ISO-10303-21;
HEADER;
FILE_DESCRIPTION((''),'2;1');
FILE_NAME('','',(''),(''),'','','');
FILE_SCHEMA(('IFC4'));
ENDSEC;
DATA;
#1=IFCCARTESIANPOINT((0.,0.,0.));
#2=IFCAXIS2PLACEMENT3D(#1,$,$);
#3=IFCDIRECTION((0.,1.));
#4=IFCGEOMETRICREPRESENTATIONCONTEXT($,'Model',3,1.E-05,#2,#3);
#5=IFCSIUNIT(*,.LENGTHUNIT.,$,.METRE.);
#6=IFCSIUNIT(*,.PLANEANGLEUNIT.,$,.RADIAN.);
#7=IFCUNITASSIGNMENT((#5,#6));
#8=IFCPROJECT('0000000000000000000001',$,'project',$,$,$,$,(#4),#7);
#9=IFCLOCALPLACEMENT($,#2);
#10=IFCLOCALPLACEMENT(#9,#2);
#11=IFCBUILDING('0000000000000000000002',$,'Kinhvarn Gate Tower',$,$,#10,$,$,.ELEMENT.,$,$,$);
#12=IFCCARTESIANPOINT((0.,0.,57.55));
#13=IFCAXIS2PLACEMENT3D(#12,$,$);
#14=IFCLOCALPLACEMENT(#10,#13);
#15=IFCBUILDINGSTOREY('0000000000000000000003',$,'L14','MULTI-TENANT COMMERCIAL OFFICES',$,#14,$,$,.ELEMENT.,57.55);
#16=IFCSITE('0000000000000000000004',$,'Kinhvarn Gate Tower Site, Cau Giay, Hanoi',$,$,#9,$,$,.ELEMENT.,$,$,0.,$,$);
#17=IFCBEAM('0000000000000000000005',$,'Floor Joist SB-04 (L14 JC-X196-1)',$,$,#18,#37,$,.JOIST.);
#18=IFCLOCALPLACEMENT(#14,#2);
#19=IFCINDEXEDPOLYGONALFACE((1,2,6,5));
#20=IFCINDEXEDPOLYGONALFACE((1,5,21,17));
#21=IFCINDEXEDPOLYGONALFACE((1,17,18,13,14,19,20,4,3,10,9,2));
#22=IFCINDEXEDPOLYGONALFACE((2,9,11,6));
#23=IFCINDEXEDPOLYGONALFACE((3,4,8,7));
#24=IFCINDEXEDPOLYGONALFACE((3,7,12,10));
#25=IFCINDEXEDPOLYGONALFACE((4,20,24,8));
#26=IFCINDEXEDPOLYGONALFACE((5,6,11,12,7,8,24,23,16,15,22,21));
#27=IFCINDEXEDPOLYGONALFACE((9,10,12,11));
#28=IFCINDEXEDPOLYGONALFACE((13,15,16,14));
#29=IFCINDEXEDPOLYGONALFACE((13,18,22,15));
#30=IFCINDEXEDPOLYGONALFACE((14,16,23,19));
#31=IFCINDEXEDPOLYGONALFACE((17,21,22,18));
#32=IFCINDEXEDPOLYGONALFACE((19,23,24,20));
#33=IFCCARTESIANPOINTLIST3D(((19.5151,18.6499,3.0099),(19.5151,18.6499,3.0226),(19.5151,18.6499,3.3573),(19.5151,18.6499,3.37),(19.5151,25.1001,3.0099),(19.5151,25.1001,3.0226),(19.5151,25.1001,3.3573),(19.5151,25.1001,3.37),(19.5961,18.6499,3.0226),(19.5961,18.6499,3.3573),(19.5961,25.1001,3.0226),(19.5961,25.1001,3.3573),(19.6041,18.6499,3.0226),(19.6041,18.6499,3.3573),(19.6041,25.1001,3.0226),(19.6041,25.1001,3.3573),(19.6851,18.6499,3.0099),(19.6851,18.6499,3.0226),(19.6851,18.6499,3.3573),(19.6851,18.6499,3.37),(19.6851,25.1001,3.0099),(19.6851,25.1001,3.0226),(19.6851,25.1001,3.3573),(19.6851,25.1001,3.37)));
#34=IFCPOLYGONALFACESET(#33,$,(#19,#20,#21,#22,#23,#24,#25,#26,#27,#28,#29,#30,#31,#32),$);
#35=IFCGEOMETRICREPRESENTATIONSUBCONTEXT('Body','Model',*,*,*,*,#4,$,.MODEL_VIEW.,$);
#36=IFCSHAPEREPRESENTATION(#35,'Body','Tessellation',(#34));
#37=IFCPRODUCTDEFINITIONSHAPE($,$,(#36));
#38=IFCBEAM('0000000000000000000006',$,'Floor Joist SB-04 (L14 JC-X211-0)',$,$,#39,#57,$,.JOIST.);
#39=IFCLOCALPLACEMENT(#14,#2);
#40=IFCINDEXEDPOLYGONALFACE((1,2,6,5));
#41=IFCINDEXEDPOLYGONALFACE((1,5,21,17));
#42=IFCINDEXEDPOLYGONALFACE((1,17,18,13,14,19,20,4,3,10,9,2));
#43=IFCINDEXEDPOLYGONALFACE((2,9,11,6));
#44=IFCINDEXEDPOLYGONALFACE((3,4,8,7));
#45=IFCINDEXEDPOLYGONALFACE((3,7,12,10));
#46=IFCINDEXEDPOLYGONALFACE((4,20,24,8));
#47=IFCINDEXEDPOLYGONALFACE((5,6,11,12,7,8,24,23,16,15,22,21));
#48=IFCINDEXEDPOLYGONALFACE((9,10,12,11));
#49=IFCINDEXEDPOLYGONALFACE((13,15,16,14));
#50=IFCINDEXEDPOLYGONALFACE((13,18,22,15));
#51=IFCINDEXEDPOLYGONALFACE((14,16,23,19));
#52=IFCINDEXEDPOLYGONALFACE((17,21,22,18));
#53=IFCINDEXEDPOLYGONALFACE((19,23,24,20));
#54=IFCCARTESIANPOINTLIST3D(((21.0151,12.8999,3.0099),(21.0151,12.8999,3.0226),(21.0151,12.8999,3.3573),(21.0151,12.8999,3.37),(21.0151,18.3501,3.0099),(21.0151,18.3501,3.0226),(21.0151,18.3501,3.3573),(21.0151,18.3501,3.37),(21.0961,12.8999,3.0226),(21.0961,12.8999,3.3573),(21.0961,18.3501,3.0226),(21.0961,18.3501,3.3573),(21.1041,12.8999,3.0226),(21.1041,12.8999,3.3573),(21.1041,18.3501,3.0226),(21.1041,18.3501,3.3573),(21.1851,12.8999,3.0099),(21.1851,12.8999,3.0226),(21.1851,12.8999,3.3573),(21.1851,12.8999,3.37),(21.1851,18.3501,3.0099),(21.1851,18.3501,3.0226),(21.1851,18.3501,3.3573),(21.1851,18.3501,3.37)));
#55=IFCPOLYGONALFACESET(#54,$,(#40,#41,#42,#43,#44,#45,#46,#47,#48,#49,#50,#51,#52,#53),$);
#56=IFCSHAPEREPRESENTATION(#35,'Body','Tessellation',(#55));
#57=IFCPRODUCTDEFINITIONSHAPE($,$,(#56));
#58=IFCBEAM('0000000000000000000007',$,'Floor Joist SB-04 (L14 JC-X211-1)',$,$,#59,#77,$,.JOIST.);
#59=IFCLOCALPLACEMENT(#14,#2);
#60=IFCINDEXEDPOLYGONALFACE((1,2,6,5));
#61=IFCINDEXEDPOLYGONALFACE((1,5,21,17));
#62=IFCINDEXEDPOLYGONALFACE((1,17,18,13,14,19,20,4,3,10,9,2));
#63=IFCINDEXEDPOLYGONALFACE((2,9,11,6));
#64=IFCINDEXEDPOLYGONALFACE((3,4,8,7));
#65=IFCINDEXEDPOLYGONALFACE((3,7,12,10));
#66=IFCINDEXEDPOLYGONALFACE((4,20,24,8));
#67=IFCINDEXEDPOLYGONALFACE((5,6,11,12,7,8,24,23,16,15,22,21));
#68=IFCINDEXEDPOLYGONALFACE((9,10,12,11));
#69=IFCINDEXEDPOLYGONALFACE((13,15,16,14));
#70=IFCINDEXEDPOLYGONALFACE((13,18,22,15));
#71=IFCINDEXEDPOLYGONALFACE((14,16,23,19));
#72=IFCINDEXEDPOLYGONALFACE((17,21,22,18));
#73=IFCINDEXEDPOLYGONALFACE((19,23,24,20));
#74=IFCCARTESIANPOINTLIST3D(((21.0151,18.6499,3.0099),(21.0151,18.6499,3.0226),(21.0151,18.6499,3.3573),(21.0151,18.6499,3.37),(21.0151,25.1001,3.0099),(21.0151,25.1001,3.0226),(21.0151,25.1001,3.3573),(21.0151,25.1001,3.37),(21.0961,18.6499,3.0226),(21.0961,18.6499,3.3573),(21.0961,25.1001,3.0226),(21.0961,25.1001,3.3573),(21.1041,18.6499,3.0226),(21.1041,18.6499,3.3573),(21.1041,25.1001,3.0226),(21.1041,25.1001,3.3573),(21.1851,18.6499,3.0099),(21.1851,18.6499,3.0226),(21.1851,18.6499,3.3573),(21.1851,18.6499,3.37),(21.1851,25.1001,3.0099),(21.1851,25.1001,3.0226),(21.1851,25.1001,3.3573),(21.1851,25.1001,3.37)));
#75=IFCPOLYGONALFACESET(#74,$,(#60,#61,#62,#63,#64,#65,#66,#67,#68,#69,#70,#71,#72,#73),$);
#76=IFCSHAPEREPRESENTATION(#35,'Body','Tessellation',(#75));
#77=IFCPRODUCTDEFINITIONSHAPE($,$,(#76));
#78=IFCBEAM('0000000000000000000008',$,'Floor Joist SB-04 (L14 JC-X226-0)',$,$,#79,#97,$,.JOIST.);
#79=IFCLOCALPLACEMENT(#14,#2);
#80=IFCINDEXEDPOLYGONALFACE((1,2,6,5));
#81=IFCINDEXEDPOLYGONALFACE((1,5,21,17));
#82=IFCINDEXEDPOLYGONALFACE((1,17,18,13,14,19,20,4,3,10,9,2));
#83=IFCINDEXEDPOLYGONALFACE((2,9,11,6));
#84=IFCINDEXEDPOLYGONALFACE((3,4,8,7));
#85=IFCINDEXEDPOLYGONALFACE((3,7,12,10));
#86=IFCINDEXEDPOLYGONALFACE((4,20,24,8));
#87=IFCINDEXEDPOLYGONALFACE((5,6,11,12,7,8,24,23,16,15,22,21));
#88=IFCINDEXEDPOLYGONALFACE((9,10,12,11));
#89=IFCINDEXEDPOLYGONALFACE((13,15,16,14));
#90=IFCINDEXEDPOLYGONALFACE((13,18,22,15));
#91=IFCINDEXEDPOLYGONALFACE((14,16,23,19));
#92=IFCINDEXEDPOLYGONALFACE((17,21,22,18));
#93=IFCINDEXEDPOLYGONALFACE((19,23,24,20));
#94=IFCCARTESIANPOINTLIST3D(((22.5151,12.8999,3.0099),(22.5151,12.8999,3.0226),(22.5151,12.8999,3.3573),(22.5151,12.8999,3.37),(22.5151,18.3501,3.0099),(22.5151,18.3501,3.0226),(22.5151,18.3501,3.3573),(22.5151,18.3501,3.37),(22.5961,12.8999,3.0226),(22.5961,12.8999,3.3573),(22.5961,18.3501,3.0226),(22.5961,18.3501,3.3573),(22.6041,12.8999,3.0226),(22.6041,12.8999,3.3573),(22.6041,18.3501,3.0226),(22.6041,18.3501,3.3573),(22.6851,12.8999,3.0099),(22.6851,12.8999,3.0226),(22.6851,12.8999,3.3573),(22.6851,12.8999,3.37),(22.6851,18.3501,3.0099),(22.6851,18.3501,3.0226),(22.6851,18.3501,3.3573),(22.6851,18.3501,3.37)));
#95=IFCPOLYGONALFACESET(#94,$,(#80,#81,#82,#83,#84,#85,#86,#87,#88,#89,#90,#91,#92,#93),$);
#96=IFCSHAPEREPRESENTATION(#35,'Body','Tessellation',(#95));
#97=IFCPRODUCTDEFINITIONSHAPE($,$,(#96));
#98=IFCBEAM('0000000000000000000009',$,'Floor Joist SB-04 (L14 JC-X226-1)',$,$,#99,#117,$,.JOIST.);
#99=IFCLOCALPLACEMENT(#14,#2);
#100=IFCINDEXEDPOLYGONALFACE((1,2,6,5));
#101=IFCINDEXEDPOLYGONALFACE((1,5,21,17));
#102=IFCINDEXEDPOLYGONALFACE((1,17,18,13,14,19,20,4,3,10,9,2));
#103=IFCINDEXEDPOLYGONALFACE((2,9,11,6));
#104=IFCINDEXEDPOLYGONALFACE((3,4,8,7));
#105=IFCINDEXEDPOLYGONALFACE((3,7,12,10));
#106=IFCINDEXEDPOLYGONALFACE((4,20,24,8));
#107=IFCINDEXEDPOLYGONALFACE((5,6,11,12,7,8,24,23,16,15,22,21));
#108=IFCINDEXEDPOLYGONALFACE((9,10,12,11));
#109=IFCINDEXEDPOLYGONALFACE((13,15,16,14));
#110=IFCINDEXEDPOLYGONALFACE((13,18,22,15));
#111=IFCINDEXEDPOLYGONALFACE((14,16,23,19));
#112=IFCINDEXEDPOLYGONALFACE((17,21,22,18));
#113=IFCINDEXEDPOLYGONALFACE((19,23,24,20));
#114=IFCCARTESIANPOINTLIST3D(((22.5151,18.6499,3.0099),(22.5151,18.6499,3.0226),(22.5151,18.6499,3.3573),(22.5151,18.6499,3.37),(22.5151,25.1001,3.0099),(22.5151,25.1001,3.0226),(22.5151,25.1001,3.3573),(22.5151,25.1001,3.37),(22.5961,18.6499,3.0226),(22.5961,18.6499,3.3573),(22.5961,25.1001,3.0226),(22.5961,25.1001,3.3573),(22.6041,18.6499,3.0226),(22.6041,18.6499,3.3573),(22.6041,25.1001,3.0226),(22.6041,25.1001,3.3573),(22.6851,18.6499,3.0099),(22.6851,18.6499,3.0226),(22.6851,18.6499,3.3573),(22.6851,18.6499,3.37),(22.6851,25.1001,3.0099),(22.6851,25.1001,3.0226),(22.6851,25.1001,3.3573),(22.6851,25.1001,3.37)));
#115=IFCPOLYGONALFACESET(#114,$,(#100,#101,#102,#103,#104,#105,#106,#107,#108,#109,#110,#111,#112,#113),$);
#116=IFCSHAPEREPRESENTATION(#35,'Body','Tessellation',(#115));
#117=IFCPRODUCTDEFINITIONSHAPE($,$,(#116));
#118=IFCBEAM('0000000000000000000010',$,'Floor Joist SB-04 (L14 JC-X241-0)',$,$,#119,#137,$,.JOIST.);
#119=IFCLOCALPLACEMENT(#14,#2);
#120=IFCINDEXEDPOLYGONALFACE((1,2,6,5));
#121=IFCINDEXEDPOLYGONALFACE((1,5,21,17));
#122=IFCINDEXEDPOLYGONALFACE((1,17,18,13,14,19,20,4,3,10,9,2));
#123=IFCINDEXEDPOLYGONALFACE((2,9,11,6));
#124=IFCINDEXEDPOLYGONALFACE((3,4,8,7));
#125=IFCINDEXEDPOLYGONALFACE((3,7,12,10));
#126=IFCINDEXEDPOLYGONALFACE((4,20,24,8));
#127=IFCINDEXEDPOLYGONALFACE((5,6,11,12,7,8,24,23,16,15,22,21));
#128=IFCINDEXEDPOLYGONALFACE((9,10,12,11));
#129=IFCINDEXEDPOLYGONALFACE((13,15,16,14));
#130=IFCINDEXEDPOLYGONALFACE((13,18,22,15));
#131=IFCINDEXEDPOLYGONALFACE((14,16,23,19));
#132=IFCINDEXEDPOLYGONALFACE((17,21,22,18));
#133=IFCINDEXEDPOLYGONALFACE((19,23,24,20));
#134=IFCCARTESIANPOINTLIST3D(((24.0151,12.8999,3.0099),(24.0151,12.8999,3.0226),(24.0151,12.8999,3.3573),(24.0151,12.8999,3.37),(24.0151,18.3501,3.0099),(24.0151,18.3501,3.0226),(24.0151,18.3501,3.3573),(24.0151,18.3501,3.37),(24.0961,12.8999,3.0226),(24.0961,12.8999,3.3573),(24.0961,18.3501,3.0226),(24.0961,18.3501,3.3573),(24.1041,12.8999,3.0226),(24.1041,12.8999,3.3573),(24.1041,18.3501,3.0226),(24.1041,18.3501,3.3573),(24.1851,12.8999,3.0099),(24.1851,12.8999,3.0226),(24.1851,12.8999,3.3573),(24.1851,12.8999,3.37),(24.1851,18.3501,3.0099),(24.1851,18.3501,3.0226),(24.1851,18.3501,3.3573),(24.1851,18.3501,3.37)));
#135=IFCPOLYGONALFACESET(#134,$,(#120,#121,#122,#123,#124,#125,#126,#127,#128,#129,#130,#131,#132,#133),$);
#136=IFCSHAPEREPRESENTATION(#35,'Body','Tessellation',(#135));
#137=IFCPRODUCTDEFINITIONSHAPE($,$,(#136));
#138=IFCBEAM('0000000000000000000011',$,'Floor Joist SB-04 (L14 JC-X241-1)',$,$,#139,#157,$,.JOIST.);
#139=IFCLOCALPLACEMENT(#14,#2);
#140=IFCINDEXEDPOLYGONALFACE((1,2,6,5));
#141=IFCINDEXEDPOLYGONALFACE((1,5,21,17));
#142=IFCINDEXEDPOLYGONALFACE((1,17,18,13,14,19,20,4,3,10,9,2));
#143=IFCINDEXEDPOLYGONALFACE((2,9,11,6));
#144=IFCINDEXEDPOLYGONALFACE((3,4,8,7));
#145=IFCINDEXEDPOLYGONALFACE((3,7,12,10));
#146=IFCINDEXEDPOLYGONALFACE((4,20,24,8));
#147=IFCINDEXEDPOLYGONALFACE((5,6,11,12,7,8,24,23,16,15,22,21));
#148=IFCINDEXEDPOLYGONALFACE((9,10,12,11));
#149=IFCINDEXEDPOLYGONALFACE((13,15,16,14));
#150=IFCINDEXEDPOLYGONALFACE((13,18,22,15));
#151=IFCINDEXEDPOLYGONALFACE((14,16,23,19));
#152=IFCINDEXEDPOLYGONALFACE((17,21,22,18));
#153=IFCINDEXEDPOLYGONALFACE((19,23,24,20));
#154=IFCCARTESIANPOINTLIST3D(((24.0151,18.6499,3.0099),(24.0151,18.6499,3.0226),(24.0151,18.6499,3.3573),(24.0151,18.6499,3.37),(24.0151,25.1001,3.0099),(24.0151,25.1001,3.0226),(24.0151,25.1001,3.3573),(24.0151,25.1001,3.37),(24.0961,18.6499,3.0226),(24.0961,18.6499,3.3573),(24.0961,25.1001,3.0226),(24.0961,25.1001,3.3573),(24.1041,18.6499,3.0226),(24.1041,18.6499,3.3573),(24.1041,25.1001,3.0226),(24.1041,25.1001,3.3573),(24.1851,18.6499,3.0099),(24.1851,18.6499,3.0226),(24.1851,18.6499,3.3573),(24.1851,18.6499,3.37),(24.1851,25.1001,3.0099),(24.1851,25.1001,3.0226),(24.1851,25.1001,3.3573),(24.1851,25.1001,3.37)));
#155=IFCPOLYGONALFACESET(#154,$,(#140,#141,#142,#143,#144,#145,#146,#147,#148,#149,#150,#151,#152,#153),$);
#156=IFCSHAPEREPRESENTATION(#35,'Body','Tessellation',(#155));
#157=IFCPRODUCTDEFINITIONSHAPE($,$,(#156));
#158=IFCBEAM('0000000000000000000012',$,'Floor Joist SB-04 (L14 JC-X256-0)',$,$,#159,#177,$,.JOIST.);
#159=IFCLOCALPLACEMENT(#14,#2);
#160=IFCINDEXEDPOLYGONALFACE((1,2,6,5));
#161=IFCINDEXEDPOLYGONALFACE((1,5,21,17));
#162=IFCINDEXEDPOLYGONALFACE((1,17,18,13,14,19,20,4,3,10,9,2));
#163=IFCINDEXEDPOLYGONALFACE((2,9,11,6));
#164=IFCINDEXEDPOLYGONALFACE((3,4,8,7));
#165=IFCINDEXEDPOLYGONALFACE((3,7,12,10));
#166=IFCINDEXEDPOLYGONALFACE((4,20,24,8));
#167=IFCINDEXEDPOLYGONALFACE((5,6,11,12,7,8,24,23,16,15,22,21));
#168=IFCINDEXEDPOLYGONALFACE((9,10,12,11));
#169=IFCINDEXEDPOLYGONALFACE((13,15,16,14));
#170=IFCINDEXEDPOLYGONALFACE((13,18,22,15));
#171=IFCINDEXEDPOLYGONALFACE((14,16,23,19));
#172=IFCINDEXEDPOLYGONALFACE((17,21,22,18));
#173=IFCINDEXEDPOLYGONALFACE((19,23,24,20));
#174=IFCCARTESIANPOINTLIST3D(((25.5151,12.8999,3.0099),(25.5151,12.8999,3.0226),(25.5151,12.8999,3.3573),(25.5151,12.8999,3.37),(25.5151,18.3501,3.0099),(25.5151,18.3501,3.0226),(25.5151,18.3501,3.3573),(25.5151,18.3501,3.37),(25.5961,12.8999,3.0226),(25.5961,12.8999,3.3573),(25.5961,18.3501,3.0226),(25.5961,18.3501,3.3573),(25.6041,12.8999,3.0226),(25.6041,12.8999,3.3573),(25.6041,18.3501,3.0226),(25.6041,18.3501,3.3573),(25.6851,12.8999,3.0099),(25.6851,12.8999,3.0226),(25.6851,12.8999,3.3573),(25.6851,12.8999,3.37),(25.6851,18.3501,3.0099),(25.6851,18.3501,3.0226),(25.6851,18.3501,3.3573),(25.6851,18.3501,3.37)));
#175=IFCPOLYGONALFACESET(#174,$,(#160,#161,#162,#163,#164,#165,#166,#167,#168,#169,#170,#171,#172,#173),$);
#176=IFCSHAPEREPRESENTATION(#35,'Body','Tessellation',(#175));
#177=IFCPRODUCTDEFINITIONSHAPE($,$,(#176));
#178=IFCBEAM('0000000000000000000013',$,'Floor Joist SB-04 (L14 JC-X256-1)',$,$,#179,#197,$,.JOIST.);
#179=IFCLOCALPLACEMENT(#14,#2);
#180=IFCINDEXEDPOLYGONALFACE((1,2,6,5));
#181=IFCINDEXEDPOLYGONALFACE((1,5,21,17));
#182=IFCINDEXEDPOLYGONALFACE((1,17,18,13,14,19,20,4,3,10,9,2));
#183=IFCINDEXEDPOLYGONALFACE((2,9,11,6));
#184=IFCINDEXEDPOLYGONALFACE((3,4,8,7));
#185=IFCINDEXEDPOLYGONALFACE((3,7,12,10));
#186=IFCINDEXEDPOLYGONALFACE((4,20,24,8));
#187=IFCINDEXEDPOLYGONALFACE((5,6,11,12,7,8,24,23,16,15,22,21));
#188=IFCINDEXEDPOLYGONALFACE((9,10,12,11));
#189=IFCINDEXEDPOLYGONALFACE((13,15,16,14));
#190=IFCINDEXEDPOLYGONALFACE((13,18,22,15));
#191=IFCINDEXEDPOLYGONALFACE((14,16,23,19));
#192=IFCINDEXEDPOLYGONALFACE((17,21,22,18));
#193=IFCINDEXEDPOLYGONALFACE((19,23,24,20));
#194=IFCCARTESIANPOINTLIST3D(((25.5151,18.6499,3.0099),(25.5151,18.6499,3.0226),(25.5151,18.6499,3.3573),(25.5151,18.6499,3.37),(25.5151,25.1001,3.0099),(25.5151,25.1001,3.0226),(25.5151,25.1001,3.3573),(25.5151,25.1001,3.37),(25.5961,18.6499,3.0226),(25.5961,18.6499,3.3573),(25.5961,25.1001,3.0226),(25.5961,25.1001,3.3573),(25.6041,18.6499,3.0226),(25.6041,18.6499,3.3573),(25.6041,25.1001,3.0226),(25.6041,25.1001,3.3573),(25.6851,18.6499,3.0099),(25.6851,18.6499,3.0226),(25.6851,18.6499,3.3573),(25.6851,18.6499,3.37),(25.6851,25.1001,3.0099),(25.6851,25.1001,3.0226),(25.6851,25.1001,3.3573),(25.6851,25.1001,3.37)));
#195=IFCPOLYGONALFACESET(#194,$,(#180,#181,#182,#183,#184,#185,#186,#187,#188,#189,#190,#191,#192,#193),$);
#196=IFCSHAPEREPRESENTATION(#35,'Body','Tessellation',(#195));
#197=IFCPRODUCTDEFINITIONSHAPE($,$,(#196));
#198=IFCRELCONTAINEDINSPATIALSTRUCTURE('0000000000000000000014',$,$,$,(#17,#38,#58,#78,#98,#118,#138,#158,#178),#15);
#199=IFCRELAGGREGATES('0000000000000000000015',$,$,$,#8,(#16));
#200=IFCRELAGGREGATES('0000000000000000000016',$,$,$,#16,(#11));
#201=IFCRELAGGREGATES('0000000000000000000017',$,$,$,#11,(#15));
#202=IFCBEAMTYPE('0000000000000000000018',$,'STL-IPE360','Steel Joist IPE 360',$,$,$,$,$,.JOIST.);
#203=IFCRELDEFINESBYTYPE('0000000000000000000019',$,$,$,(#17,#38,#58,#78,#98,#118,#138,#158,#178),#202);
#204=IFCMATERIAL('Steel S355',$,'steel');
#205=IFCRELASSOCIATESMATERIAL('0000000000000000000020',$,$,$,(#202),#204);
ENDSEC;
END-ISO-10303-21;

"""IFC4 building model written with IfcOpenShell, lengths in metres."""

from ifc_helpers import new_model, si_unit, direction, frame, origin, origin_2d, place, context, subcontext, project, spatial, i_section, extrude, material, material_profile, profile_set, type_object, element, save


model = new_model("IFC4")

# Units and contexts
model_context = context("Model", 3, precision=1e-05, world=origin(), true_north=direction((0.0, 1.0)))
body_context = subcontext(model_context, "Body", "Model", "MODEL_VIEW")
ifc_project = project(units=[si_unit("LENGTHUNIT", "METRE"), si_unit("PLANEANGLEUNIT", "RADIAN")], contexts=[model_context])

# Site, building, storey
site_placement = place(None, origin())
site = spatial("IfcSite", under=ifc_project, at=site_placement, Name="Kinhvarn Gate Tower Site, Cau Giay, Hanoi", CompositionType="ELEMENT", RefElevation=0.0)
building_placement = place(site_placement, origin())
building = spatial("IfcBuilding", under=site, at=building_placement, Name="Kinhvarn Gate Tower", CompositionType="ELEMENT")
storey_placement = place(building_placement, frame((0.0, 0.0, 57.55)))
storey = spatial("IfcBuildingStorey", under=building, at=storey_placement, Name="L14", Description="MULTI-TENANT COMMERCIAL OFFICES", CompositionType="ELEMENT", Elevation=57.55)

# Beams
ifc_material_1 = material(Name="Steel S355", Category="steel")
ifc_material_profile = material_profile(ifc_material_1, i_section(OverallWidth=0.1699, OverallDepth=0.3601, WebThickness=0.0081, FlangeThickness=0.0127, at=origin_2d()), Name="IPE 360")
ifc_profile_set = profile_set([ifc_material_profile], Name="Steel S355")
beam_type = type_object("IfcBeamType", Name="STL-IPE360", Description="Steel Joist IPE 360", PredefinedType="JOIST", material=ifc_profile_set)
beam_1_placement = place(storey_placement, frame((19.6001, 18.6499, 3.1899), z_axis=(0.0, 1.0, 0.0), x_axis=(-1.0, 0.0, 0.0)))
element("IfcBeam", 1, at=beam_1_placement, inside=storey, type_object=beam_type, Name="Floor Joist SB-04 (L14 JC-X196-1)", PredefinedType="JOIST", context=body_context, shape_type="SweptSolid", body=[
    extrude(i_section(OverallWidth=0.1699, OverallDepth=0.3601, WebThickness=0.0081, FlangeThickness=0.0127, at=origin_2d()), origin(), (0.0, 0.0, 1.0), 6.4502),
])
beam_2_placement = place(storey_placement, frame((21.1001, 12.8999, 3.1899), z_axis=(0.0, 1.0, 0.0), x_axis=(-1.0, 0.0, 0.0)))
element("IfcBeam", 2, at=beam_2_placement, inside=storey, type_object=beam_type, Name="Floor Joist SB-04 (L14 JC-X211-0)", PredefinedType="JOIST", context=body_context, shape_type="SweptSolid", body=[
    extrude(i_section(OverallWidth=0.1699, OverallDepth=0.3601, WebThickness=0.0081, FlangeThickness=0.0127, at=origin_2d()), origin(), (0.0, 0.0, 1.0), 5.4502),
])
beam_3_placement = place(storey_placement, frame((21.1001, 18.6499, 3.1899), z_axis=(0.0, 1.0, 0.0), x_axis=(-1.0, 0.0, 0.0)))
element("IfcBeam", 3, at=beam_3_placement, inside=storey, type_object=beam_type, Name="Floor Joist SB-04 (L14 JC-X211-1)", PredefinedType="JOIST", context=body_context, shape_type="SweptSolid", body=[
    extrude(i_section(OverallWidth=0.1699, OverallDepth=0.3601, WebThickness=0.0081, FlangeThickness=0.0127, at=origin_2d()), origin(), (0.0, 0.0, 1.0), 6.4502),
])
beam_4_placement = place(storey_placement, frame((22.6001, 12.8999, 3.1899), z_axis=(0.0, 1.0, 0.0), x_axis=(-1.0, 0.0, 0.0)))
element("IfcBeam", 4, at=beam_4_placement, inside=storey, type_object=beam_type, Name="Floor Joist SB-04 (L14 JC-X226-0)", PredefinedType="JOIST", context=body_context, shape_type="SweptSolid", body=[
    extrude(i_section(OverallWidth=0.1699, OverallDepth=0.3601, WebThickness=0.0081, FlangeThickness=0.0127, at=origin_2d()), origin(), (0.0, 0.0, 1.0), 5.4502),
])
beam_5_placement = place(storey_placement, frame((22.6001, 18.6499, 3.1899), z_axis=(0.0, 1.0, 0.0), x_axis=(-1.0, 0.0, 0.0)))
element("IfcBeam", 5, at=beam_5_placement, inside=storey, type_object=beam_type, Name="Floor Joist SB-04 (L14 JC-X226-1)", PredefinedType="JOIST", context=body_context, shape_type="SweptSolid", body=[
    extrude(i_section(OverallWidth=0.1699, OverallDepth=0.3601, WebThickness=0.0081, FlangeThickness=0.0127, at=origin_2d()), origin(), (0.0, 0.0, 1.0), 6.4502),
])
beam_6_placement = place(storey_placement, frame((24.1001, 12.8999, 3.1899), z_axis=(0.0, 1.0, 0.0), x_axis=(-1.0, 0.0, 0.0)))
element("IfcBeam", 6, at=beam_6_placement, inside=storey, type_object=beam_type, Name="Floor Joist SB-04 (L14 JC-X241-0)", PredefinedType="JOIST", context=body_context, shape_type="SweptSolid", body=[
    extrude(i_section(OverallWidth=0.1699, OverallDepth=0.3601, WebThickness=0.0081, FlangeThickness=0.0127, at=origin_2d()), origin(), (0.0, 0.0, 1.0), 5.4502),
])
beam_7_placement = place(storey_placement, frame((24.1001, 18.6499, 3.1899), z_axis=(0.0, 1.0, 0.0), x_axis=(-1.0, 0.0, 0.0)))
element("IfcBeam", 7, at=beam_7_placement, inside=storey, type_object=beam_type, Name="Floor Joist SB-04 (L14 JC-X241-1)", PredefinedType="JOIST", context=body_context, shape_type="SweptSolid", body=[
    extrude(i_section(OverallWidth=0.1699, OverallDepth=0.3601, WebThickness=0.0081, FlangeThickness=0.0127, at=origin_2d()), origin(), (0.0, 0.0, 1.0), 6.4502),
])
beam_8_placement = place(storey_placement, frame((25.6001, 12.8999, 3.1899), z_axis=(0.0, 1.0, 0.0), x_axis=(-1.0, 0.0, 0.0)))
element("IfcBeam", 8, at=beam_8_placement, inside=storey, type_object=beam_type, Name="Floor Joist SB-04 (L14 JC-X256-0)", PredefinedType="JOIST", context=body_context, shape_type="SweptSolid", body=[
    extrude(i_section(OverallWidth=0.1699, OverallDepth=0.3601, WebThickness=0.0081, FlangeThickness=0.0127, at=origin_2d()), origin(), (0.0, 0.0, 1.0), 5.4502),
])
beam_9_placement = place(storey_placement, frame((25.6001, 18.6499, 3.1899), z_axis=(0.0, 1.0, 0.0), x_axis=(-1.0, 0.0, 0.0)))
element("IfcBeam", 9, at=beam_9_placement, inside=storey, type_object=beam_type, Name="Floor Joist SB-04 (L14 JC-X256-1)", PredefinedType="JOIST", context=body_context, shape_type="SweptSolid", body=[
    extrude(i_section(OverallWidth=0.1699, OverallDepth=0.3601, WebThickness=0.0081, FlangeThickness=0.0127, at=origin_2d()), origin(), (0.0, 0.0, 1.0), 6.4502),
])

save(model, "model.ifc")
